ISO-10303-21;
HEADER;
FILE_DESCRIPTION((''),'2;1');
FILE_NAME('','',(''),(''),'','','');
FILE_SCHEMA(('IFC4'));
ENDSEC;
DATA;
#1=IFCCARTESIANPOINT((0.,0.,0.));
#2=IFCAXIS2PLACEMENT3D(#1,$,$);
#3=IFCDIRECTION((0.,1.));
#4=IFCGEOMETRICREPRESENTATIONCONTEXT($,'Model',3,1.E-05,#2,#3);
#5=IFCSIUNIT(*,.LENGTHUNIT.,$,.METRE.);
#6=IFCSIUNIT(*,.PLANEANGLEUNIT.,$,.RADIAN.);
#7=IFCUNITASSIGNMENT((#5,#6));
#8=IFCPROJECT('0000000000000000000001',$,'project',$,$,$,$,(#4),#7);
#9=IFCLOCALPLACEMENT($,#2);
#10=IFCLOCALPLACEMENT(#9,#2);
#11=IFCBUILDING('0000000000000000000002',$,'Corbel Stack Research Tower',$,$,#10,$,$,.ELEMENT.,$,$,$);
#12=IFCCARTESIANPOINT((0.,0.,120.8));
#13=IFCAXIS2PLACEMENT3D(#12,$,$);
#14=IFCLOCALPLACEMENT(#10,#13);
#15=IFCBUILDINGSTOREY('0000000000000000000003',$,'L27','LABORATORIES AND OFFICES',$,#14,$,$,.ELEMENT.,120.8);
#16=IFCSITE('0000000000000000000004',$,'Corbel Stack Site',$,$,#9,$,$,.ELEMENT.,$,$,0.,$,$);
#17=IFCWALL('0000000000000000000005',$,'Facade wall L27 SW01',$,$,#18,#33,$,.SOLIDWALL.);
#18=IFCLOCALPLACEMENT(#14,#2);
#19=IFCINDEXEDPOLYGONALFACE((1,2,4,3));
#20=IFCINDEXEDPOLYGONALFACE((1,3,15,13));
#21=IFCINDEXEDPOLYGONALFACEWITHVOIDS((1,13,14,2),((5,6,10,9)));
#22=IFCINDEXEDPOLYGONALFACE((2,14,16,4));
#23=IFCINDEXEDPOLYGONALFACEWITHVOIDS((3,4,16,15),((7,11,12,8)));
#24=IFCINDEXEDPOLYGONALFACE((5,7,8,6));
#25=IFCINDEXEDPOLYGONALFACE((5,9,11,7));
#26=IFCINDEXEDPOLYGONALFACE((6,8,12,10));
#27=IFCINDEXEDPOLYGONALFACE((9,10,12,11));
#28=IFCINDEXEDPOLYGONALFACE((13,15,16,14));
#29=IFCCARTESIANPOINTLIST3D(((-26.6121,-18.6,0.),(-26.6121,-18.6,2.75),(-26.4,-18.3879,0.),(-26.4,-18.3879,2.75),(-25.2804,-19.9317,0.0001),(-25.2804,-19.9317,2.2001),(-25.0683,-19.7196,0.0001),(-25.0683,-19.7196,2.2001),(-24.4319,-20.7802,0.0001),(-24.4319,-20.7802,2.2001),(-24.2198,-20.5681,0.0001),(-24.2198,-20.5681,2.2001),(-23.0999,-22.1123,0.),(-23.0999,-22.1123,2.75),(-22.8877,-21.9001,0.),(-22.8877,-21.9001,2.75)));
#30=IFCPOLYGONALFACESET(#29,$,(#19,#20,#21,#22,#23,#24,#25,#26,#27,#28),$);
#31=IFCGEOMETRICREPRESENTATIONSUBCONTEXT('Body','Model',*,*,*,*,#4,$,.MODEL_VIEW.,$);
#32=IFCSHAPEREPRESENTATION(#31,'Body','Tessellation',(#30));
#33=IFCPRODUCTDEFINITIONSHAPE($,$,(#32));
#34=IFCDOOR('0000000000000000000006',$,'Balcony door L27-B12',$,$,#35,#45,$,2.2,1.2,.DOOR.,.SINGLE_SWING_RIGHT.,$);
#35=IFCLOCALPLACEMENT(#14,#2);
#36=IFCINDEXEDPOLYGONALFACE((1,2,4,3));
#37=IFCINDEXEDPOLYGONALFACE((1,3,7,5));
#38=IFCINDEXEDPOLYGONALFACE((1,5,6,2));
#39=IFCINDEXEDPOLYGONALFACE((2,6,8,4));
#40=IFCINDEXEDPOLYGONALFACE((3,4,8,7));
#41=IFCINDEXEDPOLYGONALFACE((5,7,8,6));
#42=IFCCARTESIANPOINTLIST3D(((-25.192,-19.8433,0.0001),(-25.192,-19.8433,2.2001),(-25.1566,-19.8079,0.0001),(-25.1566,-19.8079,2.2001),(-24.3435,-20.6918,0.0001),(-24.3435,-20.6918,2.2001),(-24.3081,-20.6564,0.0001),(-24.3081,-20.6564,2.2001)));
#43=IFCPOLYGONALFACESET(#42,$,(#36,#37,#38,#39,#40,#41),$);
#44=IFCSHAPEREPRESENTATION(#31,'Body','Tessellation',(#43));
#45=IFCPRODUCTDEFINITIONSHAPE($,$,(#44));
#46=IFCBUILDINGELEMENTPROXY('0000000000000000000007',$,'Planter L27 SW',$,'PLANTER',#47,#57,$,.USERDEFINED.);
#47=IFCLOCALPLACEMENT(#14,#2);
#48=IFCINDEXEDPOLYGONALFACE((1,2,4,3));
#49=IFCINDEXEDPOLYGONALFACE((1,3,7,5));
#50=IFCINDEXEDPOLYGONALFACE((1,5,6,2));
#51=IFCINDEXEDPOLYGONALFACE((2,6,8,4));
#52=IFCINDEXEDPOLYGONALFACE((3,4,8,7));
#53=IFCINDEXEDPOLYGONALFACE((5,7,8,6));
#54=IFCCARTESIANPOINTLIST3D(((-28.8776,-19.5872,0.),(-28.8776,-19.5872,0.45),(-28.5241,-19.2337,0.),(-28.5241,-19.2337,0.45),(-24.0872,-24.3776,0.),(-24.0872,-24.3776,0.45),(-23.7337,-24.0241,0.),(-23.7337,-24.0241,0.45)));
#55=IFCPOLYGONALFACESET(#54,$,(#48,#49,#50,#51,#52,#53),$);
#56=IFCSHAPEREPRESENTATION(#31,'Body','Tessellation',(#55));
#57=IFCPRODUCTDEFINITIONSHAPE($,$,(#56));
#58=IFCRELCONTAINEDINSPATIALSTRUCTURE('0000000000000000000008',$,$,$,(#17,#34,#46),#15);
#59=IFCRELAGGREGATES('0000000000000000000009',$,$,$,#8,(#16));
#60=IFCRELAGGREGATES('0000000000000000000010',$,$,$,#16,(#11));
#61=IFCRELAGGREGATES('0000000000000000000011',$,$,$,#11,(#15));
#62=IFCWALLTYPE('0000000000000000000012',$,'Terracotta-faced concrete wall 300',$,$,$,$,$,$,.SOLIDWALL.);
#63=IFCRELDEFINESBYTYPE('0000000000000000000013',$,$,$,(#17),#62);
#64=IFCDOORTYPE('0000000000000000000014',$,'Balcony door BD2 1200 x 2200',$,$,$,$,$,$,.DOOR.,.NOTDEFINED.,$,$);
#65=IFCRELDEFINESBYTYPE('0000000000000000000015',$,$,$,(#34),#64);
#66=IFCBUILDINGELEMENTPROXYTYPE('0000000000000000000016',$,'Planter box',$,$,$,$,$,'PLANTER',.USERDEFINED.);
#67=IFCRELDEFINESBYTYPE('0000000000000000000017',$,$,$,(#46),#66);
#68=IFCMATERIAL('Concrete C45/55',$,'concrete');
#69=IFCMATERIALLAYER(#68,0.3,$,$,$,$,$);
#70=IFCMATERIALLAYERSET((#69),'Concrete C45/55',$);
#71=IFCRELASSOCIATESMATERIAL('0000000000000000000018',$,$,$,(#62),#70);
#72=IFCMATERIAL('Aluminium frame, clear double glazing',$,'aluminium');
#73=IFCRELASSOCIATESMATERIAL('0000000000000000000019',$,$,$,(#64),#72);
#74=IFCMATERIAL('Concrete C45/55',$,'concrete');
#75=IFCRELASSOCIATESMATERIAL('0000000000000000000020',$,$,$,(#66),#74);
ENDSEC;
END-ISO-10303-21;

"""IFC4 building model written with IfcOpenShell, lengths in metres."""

from ifc_helpers import new_model, si_unit, direction, frame, frame_2d, origin, origin_2d, place, context, subcontext, project, spatial, rectangle, extrude, material, layer, layer_set, type_object, element, fill, save


model = new_model("IFC4")

# Units and contexts
model_context = context("Model", 3, precision=1e-05, world=origin(), true_north=direction((0.0, 1.0)))
body_context = subcontext(model_context, "Body", "Model", "MODEL_VIEW")
ifc_project = project(units=[si_unit("LENGTHUNIT", "METRE"), si_unit("PLANEANGLEUNIT", "RADIAN")], contexts=[model_context])

# Site, building, storey
site_placement = place(None, origin())
site = spatial("IfcSite", under=ifc_project, at=site_placement, Name="Corbel Stack Site", CompositionType="ELEMENT", RefElevation=0.0)
building_placement = place(site_placement, origin())
building = spatial("IfcBuilding", under=site, at=building_placement, Name="Corbel Stack Research Tower", CompositionType="ELEMENT")
storey_placement = place(building_placement, frame((0.0, 0.0, 120.8)))
storey = spatial("IfcBuildingStorey", under=building, at=storey_placement, Name="L27", Description="LABORATORIES AND OFFICES", CompositionType="ELEMENT", Elevation=120.8)

# Shared definitions
ifc_material_1 = material(Name="Concrete C45/55", Category="concrete")
ifc_layer_1 = layer(ifc_material_1, 0.3)
ifc_layer_set_1 = layer_set([ifc_layer_1], Name="Concrete C45/55")
wall_type_1 = type_object("IfcWallType", Name="Terracotta-faced concrete wall 300", PredefinedType="SOLIDWALL", material=ifc_layer_set_1)

# Wall, opening, door
wall_1_placement = place(storey_placement, frame((-22.9939, -22.0061, 0.0), z_axis=(0.0, 0.0, 1.0), x_axis=(-0.707107, 0.707107, 0.0)))
wall_1 = element("IfcWall", 1, at=wall_1_placement, inside=storey, type_object=wall_type_1, Name="Facade wall L27 SW01", PredefinedType="SOLIDWALL", context=body_context, shape_type="SweptSolid", body=[
    extrude(rectangle(XDim=4.967, YDim=0.3, at=frame_2d((2.4834, 0.0))), origin(), (0.0, 0.0, 1.0), 2.75),
])
opening_1_placement = place(wall_1_placement, frame((1.8835, 0.0, 0.0)))
opening_1 = element("IfcOpeningElement", 2, at=opening_1_placement, cuts=wall_1, PredefinedType="OPENING", context=body_context, shape_type="SweptSolid", body=[
    extrude(rectangle(XDim=1.2, YDim=2.2, at=frame_2d((0.6001, 1.1001))), frame((0.0, 0.1599, 0.0), z_axis=(0.0, -1.0, 0.0), x_axis=(1.0, 0.0, 0.0)), (0.0, 0.0, 1.0), 0.3201),
])
ifc_material_2 = material(Name="Aluminium frame, clear double glazing", Category="aluminium")
door_type_1 = type_object("IfcDoorType", Name="Balcony door BD2 1200 x 2200", OperationType="NOTDEFINED", PredefinedType="DOOR", material=ifc_material_2)
door_1_placement = place(opening_1_placement, origin())
door_1 = element("IfcDoor", 3, at=door_1_placement, inside=storey, type_object=door_type_1, Name="Balcony door L27-B12", OperationType="SINGLE_SWING_RIGHT", OverallHeight=2.2, OverallWidth=1.2, PredefinedType="DOOR", context=body_context, shape_type="SweptSolid", body=[
    extrude(rectangle(XDim=1.2, YDim=2.2, at=frame_2d((0.6001, 1.1001))), frame((0.0, 0.0249, 0.0), z_axis=(0.0, -1.0, 0.0), x_axis=(1.0, 0.0, 0.0)), (0.0, 0.0, 1.0), 0.05),
])
fill(opening_1, door_1)

# Building element proxy
ifc_material_3 = material(Name="Concrete C45/55", Category="concrete")
building_element_proxy_type = type_object("IfcBuildingElementProxyType", Name="Planter box", ElementType="PLANTER", PredefinedType="USERDEFINED", material=ifc_material_3)
proxy_placement = place(storey_placement, frame((-26.3057, -21.8057, 0.0), z_axis=(0.0, 0.0, 1.0), x_axis=(0.707107, -0.707107, 0.0)))
element("IfcBuildingElementProxy", 4, at=proxy_placement, inside=storey, type_object=building_element_proxy_type, Name="Planter L27 SW", ObjectType="PLANTER", PredefinedType="USERDEFINED", context=body_context, shape_type="SweptSolid", body=[
    extrude(rectangle(XDim=6.7747, YDim=0.5, at=origin_2d()), origin(), (0.0, 0.0, 1.0), 0.45),
])

save(model, "model.ifc")
